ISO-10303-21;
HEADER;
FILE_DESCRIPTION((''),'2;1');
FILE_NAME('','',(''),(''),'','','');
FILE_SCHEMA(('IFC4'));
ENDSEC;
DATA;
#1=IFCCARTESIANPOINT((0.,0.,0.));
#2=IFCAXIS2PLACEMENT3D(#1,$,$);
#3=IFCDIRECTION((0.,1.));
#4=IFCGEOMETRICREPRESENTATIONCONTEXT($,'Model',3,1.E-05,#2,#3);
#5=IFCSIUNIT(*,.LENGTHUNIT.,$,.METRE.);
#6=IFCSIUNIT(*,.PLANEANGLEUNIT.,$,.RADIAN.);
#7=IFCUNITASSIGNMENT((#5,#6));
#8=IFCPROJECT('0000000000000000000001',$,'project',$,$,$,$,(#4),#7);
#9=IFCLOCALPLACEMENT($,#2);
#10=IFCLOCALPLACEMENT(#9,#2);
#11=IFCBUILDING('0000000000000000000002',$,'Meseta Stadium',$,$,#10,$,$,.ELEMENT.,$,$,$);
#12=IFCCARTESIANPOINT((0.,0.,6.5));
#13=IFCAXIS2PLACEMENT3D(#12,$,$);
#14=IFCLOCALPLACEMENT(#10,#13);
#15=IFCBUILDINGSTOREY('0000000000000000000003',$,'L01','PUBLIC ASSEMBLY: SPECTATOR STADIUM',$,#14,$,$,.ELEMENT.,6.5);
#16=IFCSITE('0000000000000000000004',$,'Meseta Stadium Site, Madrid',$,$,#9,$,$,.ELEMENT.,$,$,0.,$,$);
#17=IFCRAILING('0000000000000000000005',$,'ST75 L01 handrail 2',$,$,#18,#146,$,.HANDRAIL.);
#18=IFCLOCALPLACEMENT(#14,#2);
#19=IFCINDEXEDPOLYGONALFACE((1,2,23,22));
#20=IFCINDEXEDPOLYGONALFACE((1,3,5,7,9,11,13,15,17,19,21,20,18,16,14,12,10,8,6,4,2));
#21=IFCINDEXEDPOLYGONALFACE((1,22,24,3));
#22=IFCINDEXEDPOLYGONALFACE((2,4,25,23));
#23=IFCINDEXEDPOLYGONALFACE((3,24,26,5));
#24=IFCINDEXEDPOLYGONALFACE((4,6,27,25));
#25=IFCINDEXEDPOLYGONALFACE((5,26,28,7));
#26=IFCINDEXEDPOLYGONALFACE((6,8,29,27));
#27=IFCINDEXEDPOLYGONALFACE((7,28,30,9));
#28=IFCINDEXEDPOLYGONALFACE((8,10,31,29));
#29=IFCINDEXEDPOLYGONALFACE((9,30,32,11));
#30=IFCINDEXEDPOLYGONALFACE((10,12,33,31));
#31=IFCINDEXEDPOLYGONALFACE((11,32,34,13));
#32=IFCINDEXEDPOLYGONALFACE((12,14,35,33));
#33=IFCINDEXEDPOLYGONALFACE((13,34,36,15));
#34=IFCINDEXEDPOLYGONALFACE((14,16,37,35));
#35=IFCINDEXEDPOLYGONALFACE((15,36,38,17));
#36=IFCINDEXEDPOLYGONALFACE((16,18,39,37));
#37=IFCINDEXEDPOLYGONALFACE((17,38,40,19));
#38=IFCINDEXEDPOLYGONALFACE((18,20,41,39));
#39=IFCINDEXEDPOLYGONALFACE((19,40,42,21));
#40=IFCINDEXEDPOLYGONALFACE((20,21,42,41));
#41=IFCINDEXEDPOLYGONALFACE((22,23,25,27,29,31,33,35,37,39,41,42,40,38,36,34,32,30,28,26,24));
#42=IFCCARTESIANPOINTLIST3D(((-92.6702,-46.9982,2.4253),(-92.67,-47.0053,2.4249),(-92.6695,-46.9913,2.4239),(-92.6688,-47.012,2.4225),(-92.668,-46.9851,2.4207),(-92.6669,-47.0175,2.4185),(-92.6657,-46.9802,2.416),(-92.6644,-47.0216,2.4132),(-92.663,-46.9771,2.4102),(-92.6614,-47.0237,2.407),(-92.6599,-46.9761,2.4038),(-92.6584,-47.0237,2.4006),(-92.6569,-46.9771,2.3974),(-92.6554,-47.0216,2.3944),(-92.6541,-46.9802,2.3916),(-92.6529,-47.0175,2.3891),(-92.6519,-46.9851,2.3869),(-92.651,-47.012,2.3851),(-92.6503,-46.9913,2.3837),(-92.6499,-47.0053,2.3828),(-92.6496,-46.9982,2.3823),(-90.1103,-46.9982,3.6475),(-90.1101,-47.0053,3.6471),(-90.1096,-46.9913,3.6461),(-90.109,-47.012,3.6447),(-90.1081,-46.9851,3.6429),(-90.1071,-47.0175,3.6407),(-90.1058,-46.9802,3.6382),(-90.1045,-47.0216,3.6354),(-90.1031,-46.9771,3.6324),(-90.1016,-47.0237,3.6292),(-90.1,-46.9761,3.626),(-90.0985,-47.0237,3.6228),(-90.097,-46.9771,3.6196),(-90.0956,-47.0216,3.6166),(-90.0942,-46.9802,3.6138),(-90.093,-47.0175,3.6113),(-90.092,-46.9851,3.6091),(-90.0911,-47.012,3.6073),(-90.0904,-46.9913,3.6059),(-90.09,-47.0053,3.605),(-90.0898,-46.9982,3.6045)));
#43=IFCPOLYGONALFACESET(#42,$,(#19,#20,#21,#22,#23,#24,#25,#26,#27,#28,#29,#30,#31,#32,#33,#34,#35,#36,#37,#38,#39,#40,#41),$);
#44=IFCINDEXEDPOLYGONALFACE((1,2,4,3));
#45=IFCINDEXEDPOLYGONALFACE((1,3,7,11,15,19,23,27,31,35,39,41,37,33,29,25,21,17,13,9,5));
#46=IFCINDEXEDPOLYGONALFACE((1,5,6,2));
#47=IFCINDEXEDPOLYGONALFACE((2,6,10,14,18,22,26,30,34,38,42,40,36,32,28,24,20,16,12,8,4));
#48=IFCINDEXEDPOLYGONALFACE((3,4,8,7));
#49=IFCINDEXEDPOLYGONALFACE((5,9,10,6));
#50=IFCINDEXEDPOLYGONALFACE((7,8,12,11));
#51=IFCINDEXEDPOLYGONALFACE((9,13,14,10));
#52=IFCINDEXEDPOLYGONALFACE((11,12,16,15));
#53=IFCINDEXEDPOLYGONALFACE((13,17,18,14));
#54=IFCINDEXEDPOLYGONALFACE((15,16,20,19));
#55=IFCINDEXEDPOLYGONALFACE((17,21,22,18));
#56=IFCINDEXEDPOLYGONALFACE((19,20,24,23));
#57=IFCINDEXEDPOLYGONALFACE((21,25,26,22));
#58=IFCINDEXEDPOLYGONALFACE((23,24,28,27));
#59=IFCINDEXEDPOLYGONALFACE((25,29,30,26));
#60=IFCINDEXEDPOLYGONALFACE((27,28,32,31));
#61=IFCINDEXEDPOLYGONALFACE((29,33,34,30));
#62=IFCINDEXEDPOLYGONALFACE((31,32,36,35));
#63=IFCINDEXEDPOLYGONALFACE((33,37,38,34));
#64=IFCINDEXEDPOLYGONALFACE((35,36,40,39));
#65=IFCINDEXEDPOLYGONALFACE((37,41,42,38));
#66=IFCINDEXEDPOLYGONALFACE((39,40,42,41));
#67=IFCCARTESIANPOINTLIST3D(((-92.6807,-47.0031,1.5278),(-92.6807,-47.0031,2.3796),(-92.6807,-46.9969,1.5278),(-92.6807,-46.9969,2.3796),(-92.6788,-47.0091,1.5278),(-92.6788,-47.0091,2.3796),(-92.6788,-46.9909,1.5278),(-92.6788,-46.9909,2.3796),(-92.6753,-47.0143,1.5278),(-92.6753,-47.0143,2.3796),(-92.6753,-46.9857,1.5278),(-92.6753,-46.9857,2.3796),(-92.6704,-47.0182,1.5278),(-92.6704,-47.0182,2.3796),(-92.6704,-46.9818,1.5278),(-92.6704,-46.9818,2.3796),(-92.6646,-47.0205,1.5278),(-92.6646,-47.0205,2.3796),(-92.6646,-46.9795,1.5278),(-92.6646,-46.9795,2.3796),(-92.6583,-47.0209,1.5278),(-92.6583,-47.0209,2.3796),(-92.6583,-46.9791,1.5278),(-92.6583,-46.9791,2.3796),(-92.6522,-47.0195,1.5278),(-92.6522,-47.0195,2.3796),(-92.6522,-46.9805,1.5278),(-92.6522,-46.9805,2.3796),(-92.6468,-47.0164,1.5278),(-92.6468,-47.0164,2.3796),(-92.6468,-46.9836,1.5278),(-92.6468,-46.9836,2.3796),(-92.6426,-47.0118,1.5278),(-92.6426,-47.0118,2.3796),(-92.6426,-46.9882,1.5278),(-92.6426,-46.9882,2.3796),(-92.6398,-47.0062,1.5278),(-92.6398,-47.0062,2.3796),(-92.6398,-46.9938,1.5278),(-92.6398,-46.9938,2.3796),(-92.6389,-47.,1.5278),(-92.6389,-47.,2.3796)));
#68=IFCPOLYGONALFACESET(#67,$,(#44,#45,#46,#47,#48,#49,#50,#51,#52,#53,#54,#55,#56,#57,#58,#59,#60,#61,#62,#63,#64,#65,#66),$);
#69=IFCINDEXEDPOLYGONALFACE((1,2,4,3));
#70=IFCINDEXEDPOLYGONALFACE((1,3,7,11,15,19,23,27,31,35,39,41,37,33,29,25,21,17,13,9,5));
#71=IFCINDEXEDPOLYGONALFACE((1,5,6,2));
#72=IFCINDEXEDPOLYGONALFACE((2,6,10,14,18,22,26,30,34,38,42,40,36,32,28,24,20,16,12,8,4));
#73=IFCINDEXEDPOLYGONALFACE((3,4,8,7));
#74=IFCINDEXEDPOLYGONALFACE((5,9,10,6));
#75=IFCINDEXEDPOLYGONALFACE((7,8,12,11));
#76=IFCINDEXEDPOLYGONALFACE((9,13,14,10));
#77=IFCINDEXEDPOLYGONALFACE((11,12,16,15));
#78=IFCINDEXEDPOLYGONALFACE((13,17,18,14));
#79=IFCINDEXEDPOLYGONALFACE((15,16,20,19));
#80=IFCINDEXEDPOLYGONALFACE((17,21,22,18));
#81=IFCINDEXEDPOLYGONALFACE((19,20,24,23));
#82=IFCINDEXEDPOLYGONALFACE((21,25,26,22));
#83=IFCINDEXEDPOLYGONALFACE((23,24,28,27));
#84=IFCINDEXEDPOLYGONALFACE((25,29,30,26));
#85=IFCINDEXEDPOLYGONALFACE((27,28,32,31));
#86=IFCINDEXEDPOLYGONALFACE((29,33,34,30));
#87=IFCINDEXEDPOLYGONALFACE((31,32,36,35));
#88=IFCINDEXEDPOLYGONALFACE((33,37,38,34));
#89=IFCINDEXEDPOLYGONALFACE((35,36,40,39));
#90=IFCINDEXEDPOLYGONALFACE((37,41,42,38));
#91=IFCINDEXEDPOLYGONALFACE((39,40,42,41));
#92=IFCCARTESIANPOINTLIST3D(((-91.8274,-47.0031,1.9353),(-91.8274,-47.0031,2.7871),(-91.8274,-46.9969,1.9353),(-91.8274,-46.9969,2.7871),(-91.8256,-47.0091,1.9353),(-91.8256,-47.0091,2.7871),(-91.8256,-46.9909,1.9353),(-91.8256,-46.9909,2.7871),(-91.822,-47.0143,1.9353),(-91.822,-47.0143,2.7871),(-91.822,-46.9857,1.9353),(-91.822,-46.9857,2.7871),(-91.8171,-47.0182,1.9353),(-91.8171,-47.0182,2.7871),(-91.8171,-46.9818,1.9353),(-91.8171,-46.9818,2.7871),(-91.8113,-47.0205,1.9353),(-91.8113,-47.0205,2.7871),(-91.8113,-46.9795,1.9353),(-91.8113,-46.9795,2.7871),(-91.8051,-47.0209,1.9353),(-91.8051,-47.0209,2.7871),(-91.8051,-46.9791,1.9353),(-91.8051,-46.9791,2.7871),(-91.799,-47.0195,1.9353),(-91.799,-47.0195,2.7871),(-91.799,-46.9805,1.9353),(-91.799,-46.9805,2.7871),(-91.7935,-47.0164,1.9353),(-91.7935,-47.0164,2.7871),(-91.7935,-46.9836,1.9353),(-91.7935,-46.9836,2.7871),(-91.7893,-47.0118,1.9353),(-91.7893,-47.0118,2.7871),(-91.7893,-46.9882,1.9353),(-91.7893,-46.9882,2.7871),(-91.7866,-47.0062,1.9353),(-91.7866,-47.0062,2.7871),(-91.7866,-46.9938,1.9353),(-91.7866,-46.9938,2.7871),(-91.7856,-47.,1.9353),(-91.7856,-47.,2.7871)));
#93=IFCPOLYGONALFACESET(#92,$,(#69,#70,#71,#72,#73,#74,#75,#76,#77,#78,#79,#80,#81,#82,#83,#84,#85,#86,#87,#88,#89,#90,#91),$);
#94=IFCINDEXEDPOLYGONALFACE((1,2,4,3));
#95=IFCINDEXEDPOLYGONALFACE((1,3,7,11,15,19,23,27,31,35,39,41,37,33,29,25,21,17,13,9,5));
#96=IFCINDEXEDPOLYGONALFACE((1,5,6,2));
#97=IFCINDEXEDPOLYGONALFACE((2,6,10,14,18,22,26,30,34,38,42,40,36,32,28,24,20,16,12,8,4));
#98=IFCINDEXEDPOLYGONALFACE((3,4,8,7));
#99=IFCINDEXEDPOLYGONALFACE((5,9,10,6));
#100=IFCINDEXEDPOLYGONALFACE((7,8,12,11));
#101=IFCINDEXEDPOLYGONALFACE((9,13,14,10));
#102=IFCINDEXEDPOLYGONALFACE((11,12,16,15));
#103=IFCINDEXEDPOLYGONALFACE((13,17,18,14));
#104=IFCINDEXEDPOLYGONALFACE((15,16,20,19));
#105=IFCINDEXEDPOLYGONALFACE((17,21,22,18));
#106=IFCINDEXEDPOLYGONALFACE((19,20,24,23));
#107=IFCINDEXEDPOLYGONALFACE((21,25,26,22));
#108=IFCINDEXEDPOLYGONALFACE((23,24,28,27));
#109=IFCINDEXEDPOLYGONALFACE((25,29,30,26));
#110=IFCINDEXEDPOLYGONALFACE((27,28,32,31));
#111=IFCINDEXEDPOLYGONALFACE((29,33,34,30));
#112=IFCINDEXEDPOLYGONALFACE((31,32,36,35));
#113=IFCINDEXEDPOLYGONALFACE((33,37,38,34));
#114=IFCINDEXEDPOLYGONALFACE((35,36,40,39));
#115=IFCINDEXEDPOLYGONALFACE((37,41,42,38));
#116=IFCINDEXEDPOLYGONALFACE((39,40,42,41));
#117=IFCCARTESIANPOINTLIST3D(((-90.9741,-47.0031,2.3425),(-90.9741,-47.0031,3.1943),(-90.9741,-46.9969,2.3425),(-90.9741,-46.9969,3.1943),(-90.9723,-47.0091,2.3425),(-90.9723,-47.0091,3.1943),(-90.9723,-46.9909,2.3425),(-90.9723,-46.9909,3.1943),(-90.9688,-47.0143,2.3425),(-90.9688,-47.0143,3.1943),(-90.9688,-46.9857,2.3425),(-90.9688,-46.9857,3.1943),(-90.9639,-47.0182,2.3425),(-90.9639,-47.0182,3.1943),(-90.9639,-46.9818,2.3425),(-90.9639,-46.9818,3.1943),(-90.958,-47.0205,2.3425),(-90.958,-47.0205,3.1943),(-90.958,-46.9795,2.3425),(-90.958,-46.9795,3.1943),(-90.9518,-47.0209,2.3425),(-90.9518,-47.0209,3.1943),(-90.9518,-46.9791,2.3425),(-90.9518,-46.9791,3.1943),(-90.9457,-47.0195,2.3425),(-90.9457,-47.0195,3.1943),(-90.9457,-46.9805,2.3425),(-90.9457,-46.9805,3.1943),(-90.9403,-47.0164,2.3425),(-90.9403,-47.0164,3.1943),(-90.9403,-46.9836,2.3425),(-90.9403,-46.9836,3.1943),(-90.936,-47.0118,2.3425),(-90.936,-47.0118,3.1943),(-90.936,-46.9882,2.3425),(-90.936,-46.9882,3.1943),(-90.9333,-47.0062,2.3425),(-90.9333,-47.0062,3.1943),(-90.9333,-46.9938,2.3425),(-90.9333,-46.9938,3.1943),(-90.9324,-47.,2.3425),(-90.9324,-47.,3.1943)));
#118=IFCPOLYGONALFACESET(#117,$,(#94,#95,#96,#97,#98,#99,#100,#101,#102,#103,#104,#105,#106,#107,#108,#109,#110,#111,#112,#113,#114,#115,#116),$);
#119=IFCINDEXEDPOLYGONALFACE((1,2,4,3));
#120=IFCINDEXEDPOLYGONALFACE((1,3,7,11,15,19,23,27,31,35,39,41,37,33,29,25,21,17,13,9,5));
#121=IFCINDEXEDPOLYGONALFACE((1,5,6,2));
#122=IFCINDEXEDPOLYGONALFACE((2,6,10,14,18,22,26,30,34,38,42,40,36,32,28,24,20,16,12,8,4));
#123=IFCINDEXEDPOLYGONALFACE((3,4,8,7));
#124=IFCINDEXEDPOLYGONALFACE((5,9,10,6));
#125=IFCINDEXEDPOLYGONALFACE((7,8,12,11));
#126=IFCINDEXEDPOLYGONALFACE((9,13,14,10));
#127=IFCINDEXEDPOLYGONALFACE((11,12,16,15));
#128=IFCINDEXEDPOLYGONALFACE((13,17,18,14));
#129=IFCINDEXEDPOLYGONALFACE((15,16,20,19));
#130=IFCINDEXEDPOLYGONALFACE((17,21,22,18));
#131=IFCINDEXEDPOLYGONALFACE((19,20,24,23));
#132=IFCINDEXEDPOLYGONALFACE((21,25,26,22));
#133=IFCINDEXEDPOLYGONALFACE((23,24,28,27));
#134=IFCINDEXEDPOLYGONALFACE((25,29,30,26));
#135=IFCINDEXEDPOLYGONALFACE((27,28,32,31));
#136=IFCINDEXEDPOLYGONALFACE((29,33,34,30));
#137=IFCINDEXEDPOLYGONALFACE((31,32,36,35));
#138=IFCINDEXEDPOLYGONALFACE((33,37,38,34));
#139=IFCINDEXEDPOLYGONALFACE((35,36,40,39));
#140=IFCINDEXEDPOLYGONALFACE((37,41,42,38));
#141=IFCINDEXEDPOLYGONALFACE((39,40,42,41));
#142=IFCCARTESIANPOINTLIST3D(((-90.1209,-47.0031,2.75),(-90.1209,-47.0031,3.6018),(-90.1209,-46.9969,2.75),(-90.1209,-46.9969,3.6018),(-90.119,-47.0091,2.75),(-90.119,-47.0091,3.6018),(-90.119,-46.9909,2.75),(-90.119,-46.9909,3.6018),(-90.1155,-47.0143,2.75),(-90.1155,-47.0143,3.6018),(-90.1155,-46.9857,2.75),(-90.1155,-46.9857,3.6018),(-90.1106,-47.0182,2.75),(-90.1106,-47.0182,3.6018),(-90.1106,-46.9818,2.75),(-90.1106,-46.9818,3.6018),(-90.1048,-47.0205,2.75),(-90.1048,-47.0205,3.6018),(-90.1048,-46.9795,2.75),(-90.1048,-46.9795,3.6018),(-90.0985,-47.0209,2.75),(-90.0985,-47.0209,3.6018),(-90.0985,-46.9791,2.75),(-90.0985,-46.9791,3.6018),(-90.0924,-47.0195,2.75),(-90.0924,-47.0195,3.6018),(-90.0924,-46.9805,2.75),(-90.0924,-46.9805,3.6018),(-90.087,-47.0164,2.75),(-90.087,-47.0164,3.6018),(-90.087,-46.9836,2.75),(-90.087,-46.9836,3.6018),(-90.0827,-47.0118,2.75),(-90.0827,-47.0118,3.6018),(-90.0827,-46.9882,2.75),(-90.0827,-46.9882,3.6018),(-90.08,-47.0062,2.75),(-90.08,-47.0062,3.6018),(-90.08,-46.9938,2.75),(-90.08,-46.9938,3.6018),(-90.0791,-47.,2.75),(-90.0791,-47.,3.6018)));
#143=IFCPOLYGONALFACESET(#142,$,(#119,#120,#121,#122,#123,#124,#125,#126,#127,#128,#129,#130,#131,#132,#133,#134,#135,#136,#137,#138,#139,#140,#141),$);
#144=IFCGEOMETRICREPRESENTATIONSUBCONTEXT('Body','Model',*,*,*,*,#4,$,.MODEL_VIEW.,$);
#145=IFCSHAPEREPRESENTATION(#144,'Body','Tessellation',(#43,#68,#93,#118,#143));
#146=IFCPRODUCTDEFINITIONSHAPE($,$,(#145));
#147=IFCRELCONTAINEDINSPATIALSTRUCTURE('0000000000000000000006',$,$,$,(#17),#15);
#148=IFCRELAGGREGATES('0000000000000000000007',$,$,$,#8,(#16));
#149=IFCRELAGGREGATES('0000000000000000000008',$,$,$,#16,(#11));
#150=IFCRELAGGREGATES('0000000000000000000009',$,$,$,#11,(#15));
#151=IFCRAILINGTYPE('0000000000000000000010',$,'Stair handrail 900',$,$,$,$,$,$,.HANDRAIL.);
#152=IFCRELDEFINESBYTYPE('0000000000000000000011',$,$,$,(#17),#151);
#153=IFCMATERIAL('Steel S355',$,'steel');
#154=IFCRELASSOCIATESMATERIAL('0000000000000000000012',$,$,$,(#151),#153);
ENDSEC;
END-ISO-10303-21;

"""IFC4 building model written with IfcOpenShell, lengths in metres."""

from ifc_helpers import new_model, si_unit, direction, frame, origin, origin_2d, place, context, subcontext, project, spatial, circle, extrude, material, type_object, element, save


model = new_model("IFC4")

# Units and contexts
model_context = context("Model", 3, precision=1e-05, world=origin(), true_north=direction((0.0, 1.0)))
body_context = subcontext(model_context, "Body", "Model", "MODEL_VIEW")
ifc_project = project(units=[si_unit("LENGTHUNIT", "METRE"), si_unit("PLANEANGLEUNIT", "RADIAN")], contexts=[model_context])

# Site, building, storey
site_placement = place(None, origin())
site = spatial("IfcSite", under=ifc_project, at=site_placement, Name="Meseta Stadium Site, Madrid", CompositionType="ELEMENT", RefElevation=0.0)
building_placement = place(site_placement, origin())
building = spatial("IfcBuilding", under=site, at=building_placement, Name="Meseta Stadium", CompositionType="ELEMENT")
storey_placement = place(building_placement, frame((0.0, 0.0, 6.5)))
storey = spatial("IfcBuildingStorey", under=building, at=storey_placement, Name="L01", Description="PUBLIC ASSEMBLY: SPECTATOR STADIUM", CompositionType="ELEMENT", Elevation=6.5)

# Railing
ifc_material_1 = material(Name="Steel S355", Category="steel")
railing_type_1 = type_object("IfcRailingType", Name="Stair handrail 900", PredefinedType="HANDRAIL", material=ifc_material_1)
for number, where, name in (
    (1, (-92.6599, -47.0, 1.5278), "ST75 L01 handrail 2"),
):
    element("IfcRailing", number, at=place(storey_placement, frame(where)), inside=storey, type_object=railing_type_1, Name=name, PredefinedType="HANDRAIL", context=body_context, shape_type="SweptSolid", body=[
        extrude(circle(Radius=0.0239, at=origin_2d()), frame((0.0, 0.0, 0.876), z_axis=(0.902421, 0.0, 0.430855), x_axis=(0.0, 1.0, 0.0)), (0.0, 0.0, 1.0), 2.8367),
        extrude(circle(Radius=0.021, at=origin_2d()), origin(), (0.0, 0.0, 1.0), 0.8518),
        extrude(circle(Radius=0.021, at=origin_2d()), frame((0.8533, 0.0, 0.4075)), (0.0, 0.0, 1.0), 0.8518),
        extrude(circle(Radius=0.021, at=origin_2d()), frame((1.7065, 0.0, 0.8147)), (0.0, 0.0, 1.0), 0.8518),
        extrude(circle(Radius=0.021, at=origin_2d()), frame((2.5598, 0.0, 1.2222)), (0.0, 0.0, 1.0), 0.8518),
    ])

save(model, "model.ifc")
